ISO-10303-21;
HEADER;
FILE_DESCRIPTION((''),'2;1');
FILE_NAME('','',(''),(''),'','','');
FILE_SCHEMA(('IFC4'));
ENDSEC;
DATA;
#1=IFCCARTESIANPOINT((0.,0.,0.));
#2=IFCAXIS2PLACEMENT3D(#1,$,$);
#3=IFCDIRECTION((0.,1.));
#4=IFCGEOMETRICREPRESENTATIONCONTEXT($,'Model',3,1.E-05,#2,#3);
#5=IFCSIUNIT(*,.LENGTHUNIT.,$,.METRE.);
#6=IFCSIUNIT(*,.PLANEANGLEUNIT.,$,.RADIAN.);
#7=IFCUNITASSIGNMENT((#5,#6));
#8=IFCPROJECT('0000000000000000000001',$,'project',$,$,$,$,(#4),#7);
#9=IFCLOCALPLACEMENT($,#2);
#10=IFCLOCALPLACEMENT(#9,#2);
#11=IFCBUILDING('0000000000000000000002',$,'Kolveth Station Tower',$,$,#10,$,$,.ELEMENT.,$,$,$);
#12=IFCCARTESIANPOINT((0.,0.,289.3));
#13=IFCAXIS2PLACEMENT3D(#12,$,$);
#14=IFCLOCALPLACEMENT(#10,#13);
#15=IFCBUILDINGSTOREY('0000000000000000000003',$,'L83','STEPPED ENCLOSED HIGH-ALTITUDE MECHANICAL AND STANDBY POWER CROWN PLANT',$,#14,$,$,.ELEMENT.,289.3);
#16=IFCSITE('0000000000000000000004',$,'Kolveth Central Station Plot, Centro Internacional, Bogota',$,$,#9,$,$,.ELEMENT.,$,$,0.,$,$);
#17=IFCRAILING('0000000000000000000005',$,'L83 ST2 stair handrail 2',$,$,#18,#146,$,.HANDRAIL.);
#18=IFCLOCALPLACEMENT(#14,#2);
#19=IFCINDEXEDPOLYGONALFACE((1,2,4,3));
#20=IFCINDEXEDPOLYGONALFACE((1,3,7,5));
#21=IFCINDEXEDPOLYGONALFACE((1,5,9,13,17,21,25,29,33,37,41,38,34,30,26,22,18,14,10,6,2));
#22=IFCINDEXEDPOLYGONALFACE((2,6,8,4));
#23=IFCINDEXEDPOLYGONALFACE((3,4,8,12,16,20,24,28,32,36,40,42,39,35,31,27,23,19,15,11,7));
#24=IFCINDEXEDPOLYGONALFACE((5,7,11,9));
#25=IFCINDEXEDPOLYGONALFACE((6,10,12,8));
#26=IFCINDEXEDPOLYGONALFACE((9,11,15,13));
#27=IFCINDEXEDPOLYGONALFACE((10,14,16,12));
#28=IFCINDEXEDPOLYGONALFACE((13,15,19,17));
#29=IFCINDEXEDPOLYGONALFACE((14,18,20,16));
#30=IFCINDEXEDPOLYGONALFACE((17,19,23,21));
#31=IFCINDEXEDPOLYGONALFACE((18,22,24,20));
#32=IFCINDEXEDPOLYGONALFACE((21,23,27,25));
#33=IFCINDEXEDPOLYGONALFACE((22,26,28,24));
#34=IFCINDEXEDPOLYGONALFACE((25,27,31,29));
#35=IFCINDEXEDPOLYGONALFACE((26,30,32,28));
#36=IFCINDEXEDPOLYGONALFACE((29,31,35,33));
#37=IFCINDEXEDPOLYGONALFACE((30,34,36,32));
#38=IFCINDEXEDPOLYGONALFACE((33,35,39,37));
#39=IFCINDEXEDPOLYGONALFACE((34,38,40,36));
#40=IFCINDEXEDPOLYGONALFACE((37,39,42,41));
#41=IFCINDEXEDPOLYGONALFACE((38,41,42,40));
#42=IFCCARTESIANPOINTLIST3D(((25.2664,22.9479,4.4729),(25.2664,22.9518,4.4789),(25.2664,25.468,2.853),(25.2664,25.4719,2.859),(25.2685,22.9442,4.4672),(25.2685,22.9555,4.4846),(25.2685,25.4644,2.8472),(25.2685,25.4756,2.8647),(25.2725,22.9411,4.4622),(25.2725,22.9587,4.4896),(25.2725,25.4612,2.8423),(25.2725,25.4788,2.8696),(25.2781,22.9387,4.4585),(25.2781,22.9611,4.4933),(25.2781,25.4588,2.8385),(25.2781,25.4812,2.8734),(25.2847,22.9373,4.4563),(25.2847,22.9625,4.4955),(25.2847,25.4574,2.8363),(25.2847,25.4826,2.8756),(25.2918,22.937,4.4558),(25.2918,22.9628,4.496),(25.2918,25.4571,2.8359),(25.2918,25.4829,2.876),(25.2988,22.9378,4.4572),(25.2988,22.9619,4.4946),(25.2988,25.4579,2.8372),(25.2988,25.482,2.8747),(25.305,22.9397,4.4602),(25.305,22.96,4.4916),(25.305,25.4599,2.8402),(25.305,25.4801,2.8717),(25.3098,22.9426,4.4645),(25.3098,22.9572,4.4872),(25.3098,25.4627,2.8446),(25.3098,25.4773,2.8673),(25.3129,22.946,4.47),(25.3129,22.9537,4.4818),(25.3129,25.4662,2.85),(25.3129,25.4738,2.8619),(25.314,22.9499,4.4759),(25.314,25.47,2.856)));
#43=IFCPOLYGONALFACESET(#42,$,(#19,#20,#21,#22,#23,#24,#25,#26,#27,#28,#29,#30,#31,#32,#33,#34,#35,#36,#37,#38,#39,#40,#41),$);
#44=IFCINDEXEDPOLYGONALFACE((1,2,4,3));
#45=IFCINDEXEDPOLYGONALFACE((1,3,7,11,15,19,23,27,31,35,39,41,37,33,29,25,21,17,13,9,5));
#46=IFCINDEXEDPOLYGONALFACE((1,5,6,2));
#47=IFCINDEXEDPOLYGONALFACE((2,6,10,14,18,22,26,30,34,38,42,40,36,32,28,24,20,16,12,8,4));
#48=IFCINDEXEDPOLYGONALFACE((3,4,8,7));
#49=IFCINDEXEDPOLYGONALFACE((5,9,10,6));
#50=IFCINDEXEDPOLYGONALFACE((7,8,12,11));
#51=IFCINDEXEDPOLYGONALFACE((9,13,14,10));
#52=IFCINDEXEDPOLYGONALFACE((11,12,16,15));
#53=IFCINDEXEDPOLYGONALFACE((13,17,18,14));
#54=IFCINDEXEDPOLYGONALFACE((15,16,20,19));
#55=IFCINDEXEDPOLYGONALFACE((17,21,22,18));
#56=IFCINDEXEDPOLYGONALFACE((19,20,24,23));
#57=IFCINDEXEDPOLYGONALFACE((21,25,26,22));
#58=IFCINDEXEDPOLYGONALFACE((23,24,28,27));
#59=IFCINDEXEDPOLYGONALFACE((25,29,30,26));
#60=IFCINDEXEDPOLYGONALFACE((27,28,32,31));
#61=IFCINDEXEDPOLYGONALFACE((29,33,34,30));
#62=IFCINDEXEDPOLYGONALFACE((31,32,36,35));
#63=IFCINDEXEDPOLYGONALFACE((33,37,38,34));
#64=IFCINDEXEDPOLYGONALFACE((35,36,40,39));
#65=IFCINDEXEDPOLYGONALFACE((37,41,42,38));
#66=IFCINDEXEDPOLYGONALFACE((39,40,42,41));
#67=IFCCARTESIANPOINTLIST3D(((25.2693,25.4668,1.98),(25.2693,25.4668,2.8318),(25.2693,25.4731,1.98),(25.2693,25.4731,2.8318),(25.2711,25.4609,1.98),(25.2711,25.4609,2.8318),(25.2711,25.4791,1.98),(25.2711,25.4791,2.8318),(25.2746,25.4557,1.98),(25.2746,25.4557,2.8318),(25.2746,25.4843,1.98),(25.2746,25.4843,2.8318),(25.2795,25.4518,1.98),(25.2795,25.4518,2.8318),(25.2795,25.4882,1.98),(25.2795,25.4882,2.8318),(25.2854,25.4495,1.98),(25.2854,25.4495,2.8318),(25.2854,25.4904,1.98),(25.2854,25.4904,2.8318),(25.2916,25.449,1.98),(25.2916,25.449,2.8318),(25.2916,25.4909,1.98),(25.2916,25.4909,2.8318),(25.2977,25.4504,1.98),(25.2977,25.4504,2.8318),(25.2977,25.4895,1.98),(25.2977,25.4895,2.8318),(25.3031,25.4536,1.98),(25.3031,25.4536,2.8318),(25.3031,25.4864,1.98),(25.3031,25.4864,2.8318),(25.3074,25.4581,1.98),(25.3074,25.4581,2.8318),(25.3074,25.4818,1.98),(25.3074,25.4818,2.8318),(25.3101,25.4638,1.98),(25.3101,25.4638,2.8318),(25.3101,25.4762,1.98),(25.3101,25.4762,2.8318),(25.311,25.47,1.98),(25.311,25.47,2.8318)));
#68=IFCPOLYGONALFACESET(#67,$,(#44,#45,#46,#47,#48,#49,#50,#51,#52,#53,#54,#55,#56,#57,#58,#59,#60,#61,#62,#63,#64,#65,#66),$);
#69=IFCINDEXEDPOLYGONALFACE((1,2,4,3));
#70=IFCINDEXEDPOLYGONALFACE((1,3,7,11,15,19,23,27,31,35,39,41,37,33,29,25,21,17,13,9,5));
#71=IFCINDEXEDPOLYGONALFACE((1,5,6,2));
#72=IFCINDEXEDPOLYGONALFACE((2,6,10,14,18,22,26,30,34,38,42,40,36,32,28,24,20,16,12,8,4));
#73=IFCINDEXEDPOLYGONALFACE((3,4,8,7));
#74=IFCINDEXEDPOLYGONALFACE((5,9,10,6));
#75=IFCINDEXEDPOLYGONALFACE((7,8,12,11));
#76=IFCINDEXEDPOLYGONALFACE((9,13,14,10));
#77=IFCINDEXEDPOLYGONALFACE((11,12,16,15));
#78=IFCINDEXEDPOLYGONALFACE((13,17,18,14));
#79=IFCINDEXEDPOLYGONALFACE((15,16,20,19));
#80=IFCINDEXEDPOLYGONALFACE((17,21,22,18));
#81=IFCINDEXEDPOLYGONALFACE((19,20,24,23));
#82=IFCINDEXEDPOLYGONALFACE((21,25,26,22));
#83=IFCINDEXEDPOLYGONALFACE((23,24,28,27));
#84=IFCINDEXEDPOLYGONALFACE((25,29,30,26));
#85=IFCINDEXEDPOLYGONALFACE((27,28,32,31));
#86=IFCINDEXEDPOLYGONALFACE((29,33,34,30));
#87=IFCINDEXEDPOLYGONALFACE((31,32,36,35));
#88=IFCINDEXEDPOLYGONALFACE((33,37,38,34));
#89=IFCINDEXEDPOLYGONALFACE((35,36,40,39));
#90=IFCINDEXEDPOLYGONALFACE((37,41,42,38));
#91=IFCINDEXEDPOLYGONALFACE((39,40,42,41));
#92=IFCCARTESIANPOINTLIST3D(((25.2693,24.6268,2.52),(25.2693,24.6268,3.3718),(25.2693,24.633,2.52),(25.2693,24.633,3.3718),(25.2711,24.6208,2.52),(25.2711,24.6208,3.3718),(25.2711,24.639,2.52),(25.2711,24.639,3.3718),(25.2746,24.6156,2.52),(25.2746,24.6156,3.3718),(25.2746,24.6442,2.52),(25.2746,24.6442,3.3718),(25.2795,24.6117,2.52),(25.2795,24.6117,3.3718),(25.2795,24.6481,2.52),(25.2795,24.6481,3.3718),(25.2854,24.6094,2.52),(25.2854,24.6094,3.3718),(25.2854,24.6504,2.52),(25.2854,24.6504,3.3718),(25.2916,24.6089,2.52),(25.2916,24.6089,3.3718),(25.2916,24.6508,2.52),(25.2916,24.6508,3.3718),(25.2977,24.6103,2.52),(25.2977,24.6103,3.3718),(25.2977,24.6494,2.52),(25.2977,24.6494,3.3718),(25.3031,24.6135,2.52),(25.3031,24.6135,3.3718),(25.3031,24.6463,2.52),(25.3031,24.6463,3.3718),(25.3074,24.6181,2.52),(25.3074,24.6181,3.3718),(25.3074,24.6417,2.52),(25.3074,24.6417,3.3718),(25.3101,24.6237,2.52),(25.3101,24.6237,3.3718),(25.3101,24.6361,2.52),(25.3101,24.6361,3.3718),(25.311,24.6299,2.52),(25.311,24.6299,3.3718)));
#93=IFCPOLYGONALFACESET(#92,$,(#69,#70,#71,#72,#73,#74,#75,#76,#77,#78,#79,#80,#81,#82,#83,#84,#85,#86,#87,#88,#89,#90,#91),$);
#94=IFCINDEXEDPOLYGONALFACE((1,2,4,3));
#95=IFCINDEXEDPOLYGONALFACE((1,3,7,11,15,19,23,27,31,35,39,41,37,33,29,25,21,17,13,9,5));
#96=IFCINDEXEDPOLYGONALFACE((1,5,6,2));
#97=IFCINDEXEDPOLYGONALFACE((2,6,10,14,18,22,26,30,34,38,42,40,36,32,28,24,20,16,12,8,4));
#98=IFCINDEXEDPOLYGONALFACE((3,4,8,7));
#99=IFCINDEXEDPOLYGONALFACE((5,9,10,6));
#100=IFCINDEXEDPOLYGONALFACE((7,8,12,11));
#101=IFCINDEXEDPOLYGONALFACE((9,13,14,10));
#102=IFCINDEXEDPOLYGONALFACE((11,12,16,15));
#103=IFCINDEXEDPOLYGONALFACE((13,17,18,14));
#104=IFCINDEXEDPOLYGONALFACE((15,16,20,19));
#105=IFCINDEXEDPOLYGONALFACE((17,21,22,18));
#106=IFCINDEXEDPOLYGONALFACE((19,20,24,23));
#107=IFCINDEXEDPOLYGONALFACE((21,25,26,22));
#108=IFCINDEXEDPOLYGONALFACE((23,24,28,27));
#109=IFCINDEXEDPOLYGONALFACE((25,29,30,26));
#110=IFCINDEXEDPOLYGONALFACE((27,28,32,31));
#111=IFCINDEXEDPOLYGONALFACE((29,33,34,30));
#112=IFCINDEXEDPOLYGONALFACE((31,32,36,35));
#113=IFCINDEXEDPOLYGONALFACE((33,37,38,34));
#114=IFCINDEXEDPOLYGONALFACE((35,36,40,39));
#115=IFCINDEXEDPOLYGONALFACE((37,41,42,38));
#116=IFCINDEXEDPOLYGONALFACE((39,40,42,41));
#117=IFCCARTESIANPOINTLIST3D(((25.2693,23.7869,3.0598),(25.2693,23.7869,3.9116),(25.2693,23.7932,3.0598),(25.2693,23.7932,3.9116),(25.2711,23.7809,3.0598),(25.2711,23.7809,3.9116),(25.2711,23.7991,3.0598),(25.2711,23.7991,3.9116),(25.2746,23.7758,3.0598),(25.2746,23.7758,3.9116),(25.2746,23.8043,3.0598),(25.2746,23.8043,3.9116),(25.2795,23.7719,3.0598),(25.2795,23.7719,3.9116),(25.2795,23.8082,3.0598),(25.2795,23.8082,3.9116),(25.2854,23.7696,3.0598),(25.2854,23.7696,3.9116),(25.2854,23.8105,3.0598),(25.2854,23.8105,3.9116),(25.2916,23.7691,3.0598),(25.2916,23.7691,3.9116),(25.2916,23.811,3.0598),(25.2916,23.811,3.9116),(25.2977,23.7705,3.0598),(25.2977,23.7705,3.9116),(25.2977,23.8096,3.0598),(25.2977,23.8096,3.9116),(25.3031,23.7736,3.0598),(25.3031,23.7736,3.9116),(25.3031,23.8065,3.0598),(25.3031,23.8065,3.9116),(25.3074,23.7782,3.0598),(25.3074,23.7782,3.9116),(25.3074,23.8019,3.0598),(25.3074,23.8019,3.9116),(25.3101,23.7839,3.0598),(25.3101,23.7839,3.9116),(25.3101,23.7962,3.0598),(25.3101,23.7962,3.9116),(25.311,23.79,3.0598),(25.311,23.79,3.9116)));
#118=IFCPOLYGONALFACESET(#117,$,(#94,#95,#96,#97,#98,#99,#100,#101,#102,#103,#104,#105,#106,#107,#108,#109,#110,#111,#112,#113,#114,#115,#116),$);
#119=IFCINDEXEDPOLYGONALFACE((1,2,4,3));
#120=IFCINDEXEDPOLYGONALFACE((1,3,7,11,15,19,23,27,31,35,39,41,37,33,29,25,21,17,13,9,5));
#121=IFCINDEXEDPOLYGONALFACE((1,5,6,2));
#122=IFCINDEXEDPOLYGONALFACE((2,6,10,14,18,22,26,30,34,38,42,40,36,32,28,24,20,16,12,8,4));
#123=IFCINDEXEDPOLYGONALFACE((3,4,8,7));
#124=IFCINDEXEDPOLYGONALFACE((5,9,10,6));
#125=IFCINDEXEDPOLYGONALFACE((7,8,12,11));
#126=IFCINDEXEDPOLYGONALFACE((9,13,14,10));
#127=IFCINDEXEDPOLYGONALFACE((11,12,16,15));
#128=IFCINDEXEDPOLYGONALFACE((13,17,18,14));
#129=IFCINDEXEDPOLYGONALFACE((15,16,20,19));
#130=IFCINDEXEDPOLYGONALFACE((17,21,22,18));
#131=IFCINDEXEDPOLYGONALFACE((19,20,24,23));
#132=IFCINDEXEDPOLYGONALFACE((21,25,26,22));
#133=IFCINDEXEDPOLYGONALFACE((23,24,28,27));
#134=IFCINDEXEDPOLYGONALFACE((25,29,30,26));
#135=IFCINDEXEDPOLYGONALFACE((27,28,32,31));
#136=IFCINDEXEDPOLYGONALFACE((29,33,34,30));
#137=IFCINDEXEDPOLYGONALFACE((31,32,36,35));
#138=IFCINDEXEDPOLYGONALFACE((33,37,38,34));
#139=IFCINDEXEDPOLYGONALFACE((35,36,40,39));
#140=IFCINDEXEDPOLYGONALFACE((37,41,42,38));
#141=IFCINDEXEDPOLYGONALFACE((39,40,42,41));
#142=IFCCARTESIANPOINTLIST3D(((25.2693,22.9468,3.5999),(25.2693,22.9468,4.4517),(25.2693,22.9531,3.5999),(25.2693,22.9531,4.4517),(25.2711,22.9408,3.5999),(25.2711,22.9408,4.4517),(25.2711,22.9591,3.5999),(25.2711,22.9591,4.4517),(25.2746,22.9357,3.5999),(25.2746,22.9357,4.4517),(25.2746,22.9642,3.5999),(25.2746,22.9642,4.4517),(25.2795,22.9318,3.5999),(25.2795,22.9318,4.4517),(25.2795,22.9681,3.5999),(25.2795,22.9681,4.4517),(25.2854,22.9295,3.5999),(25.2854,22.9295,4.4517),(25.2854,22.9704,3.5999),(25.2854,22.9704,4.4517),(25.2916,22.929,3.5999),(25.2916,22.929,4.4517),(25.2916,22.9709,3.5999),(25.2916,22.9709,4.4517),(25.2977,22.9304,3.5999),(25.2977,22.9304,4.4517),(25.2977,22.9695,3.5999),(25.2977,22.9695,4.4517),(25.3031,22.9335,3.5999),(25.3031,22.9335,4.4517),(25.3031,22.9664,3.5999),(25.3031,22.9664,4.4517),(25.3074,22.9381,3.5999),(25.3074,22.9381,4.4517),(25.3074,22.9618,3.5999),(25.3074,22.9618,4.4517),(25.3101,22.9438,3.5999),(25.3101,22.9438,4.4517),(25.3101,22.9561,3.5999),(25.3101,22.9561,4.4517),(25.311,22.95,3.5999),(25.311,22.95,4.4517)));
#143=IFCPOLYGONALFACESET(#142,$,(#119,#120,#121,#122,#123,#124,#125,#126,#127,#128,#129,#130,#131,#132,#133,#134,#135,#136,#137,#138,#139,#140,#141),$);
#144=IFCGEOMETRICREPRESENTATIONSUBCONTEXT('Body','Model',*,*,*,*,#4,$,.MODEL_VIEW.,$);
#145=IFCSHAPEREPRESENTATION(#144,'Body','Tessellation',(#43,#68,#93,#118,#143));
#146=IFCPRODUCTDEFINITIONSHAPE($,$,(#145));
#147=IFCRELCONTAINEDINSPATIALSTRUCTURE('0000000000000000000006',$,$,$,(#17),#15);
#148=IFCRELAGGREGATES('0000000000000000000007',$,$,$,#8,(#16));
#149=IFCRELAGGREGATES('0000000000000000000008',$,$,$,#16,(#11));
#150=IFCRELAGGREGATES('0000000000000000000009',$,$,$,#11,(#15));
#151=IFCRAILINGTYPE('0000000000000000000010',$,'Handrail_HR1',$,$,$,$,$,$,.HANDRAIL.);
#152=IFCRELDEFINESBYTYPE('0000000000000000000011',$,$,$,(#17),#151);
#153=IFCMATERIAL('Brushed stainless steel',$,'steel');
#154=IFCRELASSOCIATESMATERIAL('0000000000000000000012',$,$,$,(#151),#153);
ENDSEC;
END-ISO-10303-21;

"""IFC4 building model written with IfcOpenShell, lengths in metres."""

from ifc_helpers import new_model, si_unit, direction, frame, origin, origin_2d, place, context, subcontext, project, spatial, circle, extrude, material, type_object, element, save


model = new_model("IFC4")

# Units and contexts
model_context = context("Model", 3, precision=1e-05, world=origin(), true_north=direction((0.0, 1.0)))
body_context = subcontext(model_context, "Body", "Model", "MODEL_VIEW")
ifc_project = project(units=[si_unit("LENGTHUNIT", "METRE"), si_unit("PLANEANGLEUNIT", "RADIAN")], contexts=[model_context])

# Site, building, storey
site_placement = place(None, origin())
site = spatial("IfcSite", under=ifc_project, at=site_placement, Name="Kolveth Central Station Plot, Centro Internacional, Bogota", CompositionType="ELEMENT", RefElevation=0.0)
building_placement = place(site_placement, origin())
building = spatial("IfcBuilding", under=site, at=building_placement, Name="Kolveth Station Tower", CompositionType="ELEMENT")
storey_placement = place(building_placement, frame((0.0, 0.0, 289.3)))
storey = spatial("IfcBuildingStorey", under=building, at=storey_placement, Name="L83", Description="STEPPED ENCLOSED HIGH-ALTITUDE MECHANICAL AND STANDBY POWER CROWN PLANT", CompositionType="ELEMENT", Elevation=289.3)

# Railing
ifc_material_1 = material(Name="Brushed stainless steel", Category="steel")
railing_type_1 = type_object("IfcRailingType", Name="Handrail_HR1", PredefinedType="HANDRAIL", material=ifc_material_1)
railing_1_placement = place(storey_placement, frame((25.29, 25.47, 1.98)))
element("IfcRailing", 1, at=railing_1_placement, inside=storey, type_object=railing_type_1, Name="L83 ST2 stair handrail 2", PredefinedType="HANDRAIL", context=body_context, shape_type="SweptSolid", body=[
    extrude(circle(Radius=0.0239, at=origin_2d()), frame((0.0, 0.0, 0.876), z_axis=(0.0, -0.8412, 0.540725), x_axis=(1.0, 0.0, 0.0)), (0.0, 0.0, 1.0), 2.9958),
    extrude(circle(Radius=0.021, at=origin_2d()), origin(), (0.0, 0.0, 1.0), 0.8518),
    extrude(circle(Radius=0.021, at=origin_2d()), frame((0.0, -0.8401, 0.54)), (0.0, 0.0, 1.0), 0.8518),
    extrude(circle(Radius=0.021, at=origin_2d()), frame((0.0, -1.6799, 1.0798)), (0.0, 0.0, 1.0), 0.8518),
    extrude(circle(Radius=0.021, at=origin_2d()), frame((0.0, -2.52, 1.6199)), (0.0, 0.0, 1.0), 0.8518),
])

save(model, "model.ifc")
